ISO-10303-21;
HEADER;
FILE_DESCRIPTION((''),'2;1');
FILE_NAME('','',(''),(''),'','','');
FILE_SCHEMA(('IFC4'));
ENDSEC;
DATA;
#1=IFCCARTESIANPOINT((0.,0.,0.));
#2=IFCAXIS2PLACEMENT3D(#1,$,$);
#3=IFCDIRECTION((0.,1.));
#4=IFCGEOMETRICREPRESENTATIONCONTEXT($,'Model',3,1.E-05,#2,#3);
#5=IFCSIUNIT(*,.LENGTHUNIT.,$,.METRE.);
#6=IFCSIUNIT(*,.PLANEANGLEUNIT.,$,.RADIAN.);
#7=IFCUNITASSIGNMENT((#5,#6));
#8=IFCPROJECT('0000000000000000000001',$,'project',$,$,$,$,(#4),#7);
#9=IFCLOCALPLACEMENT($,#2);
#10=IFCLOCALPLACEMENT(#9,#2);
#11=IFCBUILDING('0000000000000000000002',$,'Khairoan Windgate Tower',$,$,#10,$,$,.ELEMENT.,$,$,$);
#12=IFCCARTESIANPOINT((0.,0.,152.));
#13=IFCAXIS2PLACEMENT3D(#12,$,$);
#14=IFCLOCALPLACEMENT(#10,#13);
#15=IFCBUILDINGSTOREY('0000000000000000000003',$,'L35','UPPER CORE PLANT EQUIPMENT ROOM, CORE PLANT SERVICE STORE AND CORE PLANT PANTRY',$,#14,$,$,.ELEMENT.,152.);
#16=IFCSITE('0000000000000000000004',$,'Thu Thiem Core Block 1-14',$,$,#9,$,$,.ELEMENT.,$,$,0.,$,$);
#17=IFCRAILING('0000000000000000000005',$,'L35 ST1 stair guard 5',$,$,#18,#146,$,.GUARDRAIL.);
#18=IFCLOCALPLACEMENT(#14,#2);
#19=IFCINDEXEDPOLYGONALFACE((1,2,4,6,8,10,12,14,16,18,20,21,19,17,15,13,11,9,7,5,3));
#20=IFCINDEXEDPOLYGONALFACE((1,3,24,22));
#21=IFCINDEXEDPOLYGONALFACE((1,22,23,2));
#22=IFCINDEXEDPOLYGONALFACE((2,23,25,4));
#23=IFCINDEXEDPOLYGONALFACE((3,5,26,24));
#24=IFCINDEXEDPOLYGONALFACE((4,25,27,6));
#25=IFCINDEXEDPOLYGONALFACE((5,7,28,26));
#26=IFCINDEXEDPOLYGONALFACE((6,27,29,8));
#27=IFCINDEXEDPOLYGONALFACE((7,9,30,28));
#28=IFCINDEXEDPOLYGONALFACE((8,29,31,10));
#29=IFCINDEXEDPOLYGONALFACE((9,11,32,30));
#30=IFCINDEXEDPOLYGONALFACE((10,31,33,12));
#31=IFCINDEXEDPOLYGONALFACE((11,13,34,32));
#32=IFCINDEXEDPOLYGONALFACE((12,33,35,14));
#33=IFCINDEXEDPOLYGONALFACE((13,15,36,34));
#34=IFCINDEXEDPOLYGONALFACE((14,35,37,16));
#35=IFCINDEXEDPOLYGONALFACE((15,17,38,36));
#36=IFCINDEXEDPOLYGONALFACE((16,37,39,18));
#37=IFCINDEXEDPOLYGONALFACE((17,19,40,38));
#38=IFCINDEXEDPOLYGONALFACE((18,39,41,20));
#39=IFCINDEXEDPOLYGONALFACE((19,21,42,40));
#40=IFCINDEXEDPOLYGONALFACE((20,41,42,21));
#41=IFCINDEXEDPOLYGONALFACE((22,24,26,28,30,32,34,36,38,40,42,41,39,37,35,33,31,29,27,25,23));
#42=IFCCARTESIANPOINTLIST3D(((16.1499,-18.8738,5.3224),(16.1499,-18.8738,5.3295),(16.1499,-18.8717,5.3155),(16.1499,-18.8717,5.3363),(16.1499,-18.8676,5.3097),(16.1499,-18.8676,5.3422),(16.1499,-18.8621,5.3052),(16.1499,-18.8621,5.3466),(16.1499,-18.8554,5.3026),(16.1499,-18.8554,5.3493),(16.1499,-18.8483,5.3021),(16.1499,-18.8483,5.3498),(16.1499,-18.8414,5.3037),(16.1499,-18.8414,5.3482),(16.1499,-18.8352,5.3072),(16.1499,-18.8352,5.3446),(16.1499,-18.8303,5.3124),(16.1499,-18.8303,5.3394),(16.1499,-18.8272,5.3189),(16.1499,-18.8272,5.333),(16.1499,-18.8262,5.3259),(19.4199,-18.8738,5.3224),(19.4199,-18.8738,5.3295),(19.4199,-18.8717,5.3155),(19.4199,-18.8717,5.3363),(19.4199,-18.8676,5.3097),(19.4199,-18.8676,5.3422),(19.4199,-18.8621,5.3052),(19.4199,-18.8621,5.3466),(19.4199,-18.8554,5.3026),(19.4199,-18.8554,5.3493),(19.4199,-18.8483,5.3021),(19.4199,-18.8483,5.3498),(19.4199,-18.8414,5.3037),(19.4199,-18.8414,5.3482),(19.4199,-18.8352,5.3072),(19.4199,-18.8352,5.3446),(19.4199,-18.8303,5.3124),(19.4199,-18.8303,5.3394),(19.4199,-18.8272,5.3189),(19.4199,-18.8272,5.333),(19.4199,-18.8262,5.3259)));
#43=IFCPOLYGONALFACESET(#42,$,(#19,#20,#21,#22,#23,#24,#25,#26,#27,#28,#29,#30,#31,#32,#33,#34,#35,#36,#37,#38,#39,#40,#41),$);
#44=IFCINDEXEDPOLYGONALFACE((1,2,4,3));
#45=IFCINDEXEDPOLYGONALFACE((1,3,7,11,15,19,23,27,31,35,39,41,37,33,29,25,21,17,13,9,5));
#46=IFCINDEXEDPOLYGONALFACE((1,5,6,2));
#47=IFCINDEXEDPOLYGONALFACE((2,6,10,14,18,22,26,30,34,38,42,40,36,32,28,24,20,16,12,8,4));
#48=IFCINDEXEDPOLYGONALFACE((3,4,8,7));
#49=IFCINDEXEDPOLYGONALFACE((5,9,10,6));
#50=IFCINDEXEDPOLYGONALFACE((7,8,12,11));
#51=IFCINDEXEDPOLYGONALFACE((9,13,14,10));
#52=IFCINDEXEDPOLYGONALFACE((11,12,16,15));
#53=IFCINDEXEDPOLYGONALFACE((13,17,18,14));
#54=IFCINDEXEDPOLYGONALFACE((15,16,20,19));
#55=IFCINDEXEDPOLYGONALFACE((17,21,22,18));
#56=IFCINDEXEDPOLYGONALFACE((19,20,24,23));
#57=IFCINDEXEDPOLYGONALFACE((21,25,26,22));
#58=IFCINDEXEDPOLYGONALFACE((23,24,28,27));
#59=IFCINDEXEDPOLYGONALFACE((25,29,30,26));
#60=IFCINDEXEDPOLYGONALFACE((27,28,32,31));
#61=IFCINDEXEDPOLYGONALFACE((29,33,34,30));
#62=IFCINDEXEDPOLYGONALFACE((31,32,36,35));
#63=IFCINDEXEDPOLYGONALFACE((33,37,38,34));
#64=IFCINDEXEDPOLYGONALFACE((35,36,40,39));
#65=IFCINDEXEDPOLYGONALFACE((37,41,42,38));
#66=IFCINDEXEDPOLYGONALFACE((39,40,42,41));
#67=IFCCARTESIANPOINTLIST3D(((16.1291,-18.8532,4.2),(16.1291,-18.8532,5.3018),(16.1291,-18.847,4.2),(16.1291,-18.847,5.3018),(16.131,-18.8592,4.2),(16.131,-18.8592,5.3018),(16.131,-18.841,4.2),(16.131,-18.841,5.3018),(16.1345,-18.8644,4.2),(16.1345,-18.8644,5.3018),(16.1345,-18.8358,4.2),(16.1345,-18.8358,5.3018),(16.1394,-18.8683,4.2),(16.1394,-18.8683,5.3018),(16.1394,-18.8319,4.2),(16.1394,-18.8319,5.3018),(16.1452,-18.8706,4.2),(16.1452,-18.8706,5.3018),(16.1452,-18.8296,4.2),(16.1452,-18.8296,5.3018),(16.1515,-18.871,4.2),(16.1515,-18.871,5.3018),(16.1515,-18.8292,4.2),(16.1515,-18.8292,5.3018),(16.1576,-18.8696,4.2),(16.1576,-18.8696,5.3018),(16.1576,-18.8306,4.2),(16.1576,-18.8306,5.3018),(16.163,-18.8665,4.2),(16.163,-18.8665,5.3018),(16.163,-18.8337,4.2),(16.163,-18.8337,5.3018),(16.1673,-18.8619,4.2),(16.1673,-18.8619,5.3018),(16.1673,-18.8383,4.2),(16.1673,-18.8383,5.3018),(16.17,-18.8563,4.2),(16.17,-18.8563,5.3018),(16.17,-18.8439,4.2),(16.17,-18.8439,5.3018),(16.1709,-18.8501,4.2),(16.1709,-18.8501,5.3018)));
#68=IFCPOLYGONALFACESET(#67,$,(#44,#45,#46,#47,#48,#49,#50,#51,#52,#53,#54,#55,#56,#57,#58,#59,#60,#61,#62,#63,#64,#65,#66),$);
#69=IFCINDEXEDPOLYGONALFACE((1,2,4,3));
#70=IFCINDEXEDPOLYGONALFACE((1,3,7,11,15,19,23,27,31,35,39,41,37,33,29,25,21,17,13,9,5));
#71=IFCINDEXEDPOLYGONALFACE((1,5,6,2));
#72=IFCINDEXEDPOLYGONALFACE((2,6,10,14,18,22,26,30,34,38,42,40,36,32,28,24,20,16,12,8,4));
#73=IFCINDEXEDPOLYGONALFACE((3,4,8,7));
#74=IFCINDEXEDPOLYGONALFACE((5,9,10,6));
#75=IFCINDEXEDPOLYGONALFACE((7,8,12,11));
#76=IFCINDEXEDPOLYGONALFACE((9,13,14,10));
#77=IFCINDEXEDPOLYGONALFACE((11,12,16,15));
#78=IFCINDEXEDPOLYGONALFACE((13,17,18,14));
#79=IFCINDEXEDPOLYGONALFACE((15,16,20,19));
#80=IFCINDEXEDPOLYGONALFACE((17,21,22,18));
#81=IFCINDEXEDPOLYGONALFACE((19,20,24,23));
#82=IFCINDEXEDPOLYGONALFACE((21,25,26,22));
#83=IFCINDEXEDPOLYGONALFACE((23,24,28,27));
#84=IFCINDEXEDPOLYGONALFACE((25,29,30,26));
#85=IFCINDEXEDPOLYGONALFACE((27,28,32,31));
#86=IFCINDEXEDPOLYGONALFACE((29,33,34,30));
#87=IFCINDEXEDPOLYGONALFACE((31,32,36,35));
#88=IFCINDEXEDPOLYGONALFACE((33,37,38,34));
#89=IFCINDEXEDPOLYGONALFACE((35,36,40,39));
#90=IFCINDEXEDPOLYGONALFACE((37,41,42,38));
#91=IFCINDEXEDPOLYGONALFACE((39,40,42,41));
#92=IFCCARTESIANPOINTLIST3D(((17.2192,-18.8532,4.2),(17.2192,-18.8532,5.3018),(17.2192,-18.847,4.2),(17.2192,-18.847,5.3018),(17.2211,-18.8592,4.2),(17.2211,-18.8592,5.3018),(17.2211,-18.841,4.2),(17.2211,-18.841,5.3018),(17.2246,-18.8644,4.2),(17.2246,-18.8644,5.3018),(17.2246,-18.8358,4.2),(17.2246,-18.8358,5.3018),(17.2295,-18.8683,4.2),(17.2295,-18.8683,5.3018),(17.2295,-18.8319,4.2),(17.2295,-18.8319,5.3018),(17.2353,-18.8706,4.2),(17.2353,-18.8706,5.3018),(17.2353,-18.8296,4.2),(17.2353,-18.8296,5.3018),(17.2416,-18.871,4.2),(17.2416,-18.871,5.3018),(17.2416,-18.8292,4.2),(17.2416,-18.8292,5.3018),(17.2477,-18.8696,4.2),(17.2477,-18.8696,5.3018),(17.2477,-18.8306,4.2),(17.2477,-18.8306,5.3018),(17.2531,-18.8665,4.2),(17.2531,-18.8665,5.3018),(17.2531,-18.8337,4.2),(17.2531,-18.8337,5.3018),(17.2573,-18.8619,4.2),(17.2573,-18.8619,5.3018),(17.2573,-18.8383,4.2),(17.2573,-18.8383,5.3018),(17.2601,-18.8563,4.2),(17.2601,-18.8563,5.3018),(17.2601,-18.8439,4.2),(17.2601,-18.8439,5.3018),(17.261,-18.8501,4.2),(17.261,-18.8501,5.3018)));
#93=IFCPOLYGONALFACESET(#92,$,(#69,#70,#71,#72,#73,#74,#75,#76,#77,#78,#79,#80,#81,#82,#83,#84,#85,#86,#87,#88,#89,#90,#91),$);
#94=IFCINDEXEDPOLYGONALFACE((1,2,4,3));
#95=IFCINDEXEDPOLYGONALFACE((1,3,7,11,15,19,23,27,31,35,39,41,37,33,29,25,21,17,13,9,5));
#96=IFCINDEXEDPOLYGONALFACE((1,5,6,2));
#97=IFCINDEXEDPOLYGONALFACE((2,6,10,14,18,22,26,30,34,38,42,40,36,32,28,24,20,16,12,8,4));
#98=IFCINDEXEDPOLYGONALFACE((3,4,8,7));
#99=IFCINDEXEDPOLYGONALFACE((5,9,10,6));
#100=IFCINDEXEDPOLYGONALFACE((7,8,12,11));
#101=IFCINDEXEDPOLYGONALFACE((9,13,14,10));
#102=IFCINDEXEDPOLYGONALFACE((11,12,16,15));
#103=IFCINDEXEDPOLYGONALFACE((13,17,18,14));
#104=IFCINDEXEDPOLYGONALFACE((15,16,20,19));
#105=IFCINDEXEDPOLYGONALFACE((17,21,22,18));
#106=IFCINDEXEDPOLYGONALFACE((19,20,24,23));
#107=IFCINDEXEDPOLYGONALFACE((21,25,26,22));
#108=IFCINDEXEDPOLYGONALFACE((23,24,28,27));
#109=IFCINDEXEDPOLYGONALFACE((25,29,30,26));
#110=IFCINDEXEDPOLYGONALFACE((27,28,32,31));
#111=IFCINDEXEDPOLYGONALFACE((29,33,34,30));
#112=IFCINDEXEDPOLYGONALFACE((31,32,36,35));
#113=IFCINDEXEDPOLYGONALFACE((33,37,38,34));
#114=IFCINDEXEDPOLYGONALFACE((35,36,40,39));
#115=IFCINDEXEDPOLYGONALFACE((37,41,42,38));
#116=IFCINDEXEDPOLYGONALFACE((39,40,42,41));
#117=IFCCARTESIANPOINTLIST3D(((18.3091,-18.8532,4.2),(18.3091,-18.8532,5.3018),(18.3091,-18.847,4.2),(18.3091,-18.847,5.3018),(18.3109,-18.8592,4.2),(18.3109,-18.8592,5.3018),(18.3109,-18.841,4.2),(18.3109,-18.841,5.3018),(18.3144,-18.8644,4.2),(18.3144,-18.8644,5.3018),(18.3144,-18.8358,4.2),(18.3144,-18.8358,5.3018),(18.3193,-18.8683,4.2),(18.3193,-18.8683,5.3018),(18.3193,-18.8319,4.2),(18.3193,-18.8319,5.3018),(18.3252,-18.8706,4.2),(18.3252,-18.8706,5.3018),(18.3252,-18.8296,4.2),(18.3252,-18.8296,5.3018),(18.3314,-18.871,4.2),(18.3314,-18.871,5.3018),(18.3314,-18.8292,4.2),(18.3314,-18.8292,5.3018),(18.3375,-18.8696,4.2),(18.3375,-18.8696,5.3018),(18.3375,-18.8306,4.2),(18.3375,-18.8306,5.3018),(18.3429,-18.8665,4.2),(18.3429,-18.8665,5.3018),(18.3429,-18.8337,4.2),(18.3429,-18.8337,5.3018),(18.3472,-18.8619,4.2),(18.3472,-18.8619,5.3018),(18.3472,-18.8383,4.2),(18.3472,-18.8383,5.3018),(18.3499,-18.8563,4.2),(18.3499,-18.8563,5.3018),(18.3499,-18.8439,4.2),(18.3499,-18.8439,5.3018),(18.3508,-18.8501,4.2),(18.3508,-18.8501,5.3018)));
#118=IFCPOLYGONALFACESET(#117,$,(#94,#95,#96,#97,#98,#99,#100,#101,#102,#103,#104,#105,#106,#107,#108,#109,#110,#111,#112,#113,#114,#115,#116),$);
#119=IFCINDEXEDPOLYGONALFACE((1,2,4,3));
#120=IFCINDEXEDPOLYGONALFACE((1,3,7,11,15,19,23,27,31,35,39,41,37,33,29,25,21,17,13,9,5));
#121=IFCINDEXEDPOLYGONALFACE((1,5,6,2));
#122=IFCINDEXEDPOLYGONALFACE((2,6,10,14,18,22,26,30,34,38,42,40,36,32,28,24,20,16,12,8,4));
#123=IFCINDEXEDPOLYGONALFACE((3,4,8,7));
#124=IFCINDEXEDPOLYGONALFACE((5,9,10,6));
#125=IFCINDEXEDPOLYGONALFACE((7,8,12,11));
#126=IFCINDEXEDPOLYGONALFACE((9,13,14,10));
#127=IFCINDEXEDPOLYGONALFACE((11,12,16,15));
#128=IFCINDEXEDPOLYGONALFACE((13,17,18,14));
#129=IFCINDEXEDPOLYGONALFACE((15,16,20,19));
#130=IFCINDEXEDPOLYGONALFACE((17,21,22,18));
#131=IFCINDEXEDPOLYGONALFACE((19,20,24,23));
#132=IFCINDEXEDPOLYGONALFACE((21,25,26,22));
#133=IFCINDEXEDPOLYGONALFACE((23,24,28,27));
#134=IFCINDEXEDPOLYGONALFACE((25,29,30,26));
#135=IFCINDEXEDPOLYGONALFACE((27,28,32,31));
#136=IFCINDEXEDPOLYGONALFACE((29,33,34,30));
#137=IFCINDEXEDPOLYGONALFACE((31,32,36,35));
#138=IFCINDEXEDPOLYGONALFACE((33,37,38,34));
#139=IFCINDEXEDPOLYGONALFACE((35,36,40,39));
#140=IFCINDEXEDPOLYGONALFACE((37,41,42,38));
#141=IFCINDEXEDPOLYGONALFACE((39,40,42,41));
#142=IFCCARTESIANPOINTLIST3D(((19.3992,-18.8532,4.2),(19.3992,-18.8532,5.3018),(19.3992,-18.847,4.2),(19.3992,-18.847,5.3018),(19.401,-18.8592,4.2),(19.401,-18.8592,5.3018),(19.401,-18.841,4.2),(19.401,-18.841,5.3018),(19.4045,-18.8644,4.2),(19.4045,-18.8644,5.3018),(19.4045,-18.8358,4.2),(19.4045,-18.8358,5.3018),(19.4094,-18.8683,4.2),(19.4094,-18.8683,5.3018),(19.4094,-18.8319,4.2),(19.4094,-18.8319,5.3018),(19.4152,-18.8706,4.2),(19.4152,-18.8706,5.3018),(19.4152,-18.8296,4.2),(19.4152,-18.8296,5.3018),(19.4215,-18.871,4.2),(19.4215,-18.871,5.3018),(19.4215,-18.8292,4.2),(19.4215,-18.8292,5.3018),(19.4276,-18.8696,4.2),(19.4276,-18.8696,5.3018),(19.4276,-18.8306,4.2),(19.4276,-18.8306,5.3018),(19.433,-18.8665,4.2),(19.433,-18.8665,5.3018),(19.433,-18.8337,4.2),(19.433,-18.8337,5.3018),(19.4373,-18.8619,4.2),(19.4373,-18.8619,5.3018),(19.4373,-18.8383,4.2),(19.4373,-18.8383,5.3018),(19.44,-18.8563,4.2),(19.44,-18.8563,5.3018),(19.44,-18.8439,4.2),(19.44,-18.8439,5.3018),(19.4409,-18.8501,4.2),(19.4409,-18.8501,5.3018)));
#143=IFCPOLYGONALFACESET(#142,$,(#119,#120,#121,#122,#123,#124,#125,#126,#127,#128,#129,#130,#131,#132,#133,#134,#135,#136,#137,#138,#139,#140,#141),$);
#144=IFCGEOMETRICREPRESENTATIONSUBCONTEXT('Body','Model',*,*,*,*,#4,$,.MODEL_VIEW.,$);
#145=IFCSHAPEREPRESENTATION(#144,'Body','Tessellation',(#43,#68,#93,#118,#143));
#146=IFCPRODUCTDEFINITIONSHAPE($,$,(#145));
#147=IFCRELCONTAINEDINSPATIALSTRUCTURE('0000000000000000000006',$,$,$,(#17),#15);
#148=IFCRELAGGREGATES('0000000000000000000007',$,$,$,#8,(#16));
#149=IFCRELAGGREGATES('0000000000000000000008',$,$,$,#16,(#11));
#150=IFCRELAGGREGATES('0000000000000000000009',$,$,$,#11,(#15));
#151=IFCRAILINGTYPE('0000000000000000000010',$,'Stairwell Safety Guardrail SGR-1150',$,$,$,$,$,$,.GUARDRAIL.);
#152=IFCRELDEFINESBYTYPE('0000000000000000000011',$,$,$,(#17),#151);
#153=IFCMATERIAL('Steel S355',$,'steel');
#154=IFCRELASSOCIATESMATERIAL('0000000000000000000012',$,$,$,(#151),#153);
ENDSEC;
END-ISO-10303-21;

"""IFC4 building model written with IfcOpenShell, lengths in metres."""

from ifc_helpers import new_model, si_unit, direction, frame, origin, origin_2d, place, context, subcontext, project, spatial, circle, extrude, material, type_object, element, save


model = new_model("IFC4")

# Units and contexts
model_context = context("Model", 3, precision=1e-05, world=origin(), true_north=direction((0.0, 1.0)))
body_context = subcontext(model_context, "Body", "Model", "MODEL_VIEW")
ifc_project = project(units=[si_unit("LENGTHUNIT", "METRE"), si_unit("PLANEANGLEUNIT", "RADIAN")], contexts=[model_context])

# Site, building, storey
site_placement = place(None, origin())
site = spatial("IfcSite", under=ifc_project, at=site_placement, Name="Thu Thiem Core Block 1-14", CompositionType="ELEMENT", RefElevation=0.0)
building_placement = place(site_placement, origin())
building = spatial("IfcBuilding", under=site, at=building_placement, Name="Khairoan Windgate Tower", CompositionType="ELEMENT")
storey_placement = place(building_placement, frame((0.0, 0.0, 152.0)))
storey = spatial("IfcBuildingStorey", under=building, at=storey_placement, Name="L35", Description="UPPER CORE PLANT EQUIPMENT ROOM, CORE PLANT SERVICE STORE AND CORE PLANT PANTRY", CompositionType="ELEMENT", Elevation=152.0)

# Railing
ifc_material_1 = material(Name="Steel S355", Category="steel")
railing_type_1 = type_object("IfcRailingType", Name="Stairwell Safety Guardrail SGR-1150", PredefinedType="GUARDRAIL", material=ifc_material_1)
railing_1_placement = place(storey_placement, frame((16.1499, -18.8501, 4.2)))
element("IfcRailing", 1, at=railing_1_placement, inside=storey, type_object=railing_type_1, Name="L35 ST1 stair guard 5", PredefinedType="GUARDRAIL", context=body_context, shape_type="SweptSolid", body=[
    extrude(circle(Radius=0.0239, at=origin_2d()), frame((0.0, 0.0, 1.126), z_axis=(1.0, 0.0, 0.0), x_axis=(0.0, 1.0, 0.0)), (0.0, 0.0, 1.0), 3.27),
    extrude(circle(Radius=0.021, at=origin_2d()), origin(), (0.0, 0.0, 1.0), 1.1018),
    extrude(circle(Radius=0.021, at=origin_2d()), frame((1.0901, 0.0, 0.0)), (0.0, 0.0, 1.0), 1.1018),
    extrude(circle(Radius=0.021, at=origin_2d()), frame((2.1799, 0.0, 0.0)), (0.0, 0.0, 1.0), 1.1018),
    extrude(circle(Radius=0.021, at=origin_2d()), frame((3.27, 0.0, 0.0)), (0.0, 0.0, 1.0), 1.1018),
])

save(model, "model.ifc")
